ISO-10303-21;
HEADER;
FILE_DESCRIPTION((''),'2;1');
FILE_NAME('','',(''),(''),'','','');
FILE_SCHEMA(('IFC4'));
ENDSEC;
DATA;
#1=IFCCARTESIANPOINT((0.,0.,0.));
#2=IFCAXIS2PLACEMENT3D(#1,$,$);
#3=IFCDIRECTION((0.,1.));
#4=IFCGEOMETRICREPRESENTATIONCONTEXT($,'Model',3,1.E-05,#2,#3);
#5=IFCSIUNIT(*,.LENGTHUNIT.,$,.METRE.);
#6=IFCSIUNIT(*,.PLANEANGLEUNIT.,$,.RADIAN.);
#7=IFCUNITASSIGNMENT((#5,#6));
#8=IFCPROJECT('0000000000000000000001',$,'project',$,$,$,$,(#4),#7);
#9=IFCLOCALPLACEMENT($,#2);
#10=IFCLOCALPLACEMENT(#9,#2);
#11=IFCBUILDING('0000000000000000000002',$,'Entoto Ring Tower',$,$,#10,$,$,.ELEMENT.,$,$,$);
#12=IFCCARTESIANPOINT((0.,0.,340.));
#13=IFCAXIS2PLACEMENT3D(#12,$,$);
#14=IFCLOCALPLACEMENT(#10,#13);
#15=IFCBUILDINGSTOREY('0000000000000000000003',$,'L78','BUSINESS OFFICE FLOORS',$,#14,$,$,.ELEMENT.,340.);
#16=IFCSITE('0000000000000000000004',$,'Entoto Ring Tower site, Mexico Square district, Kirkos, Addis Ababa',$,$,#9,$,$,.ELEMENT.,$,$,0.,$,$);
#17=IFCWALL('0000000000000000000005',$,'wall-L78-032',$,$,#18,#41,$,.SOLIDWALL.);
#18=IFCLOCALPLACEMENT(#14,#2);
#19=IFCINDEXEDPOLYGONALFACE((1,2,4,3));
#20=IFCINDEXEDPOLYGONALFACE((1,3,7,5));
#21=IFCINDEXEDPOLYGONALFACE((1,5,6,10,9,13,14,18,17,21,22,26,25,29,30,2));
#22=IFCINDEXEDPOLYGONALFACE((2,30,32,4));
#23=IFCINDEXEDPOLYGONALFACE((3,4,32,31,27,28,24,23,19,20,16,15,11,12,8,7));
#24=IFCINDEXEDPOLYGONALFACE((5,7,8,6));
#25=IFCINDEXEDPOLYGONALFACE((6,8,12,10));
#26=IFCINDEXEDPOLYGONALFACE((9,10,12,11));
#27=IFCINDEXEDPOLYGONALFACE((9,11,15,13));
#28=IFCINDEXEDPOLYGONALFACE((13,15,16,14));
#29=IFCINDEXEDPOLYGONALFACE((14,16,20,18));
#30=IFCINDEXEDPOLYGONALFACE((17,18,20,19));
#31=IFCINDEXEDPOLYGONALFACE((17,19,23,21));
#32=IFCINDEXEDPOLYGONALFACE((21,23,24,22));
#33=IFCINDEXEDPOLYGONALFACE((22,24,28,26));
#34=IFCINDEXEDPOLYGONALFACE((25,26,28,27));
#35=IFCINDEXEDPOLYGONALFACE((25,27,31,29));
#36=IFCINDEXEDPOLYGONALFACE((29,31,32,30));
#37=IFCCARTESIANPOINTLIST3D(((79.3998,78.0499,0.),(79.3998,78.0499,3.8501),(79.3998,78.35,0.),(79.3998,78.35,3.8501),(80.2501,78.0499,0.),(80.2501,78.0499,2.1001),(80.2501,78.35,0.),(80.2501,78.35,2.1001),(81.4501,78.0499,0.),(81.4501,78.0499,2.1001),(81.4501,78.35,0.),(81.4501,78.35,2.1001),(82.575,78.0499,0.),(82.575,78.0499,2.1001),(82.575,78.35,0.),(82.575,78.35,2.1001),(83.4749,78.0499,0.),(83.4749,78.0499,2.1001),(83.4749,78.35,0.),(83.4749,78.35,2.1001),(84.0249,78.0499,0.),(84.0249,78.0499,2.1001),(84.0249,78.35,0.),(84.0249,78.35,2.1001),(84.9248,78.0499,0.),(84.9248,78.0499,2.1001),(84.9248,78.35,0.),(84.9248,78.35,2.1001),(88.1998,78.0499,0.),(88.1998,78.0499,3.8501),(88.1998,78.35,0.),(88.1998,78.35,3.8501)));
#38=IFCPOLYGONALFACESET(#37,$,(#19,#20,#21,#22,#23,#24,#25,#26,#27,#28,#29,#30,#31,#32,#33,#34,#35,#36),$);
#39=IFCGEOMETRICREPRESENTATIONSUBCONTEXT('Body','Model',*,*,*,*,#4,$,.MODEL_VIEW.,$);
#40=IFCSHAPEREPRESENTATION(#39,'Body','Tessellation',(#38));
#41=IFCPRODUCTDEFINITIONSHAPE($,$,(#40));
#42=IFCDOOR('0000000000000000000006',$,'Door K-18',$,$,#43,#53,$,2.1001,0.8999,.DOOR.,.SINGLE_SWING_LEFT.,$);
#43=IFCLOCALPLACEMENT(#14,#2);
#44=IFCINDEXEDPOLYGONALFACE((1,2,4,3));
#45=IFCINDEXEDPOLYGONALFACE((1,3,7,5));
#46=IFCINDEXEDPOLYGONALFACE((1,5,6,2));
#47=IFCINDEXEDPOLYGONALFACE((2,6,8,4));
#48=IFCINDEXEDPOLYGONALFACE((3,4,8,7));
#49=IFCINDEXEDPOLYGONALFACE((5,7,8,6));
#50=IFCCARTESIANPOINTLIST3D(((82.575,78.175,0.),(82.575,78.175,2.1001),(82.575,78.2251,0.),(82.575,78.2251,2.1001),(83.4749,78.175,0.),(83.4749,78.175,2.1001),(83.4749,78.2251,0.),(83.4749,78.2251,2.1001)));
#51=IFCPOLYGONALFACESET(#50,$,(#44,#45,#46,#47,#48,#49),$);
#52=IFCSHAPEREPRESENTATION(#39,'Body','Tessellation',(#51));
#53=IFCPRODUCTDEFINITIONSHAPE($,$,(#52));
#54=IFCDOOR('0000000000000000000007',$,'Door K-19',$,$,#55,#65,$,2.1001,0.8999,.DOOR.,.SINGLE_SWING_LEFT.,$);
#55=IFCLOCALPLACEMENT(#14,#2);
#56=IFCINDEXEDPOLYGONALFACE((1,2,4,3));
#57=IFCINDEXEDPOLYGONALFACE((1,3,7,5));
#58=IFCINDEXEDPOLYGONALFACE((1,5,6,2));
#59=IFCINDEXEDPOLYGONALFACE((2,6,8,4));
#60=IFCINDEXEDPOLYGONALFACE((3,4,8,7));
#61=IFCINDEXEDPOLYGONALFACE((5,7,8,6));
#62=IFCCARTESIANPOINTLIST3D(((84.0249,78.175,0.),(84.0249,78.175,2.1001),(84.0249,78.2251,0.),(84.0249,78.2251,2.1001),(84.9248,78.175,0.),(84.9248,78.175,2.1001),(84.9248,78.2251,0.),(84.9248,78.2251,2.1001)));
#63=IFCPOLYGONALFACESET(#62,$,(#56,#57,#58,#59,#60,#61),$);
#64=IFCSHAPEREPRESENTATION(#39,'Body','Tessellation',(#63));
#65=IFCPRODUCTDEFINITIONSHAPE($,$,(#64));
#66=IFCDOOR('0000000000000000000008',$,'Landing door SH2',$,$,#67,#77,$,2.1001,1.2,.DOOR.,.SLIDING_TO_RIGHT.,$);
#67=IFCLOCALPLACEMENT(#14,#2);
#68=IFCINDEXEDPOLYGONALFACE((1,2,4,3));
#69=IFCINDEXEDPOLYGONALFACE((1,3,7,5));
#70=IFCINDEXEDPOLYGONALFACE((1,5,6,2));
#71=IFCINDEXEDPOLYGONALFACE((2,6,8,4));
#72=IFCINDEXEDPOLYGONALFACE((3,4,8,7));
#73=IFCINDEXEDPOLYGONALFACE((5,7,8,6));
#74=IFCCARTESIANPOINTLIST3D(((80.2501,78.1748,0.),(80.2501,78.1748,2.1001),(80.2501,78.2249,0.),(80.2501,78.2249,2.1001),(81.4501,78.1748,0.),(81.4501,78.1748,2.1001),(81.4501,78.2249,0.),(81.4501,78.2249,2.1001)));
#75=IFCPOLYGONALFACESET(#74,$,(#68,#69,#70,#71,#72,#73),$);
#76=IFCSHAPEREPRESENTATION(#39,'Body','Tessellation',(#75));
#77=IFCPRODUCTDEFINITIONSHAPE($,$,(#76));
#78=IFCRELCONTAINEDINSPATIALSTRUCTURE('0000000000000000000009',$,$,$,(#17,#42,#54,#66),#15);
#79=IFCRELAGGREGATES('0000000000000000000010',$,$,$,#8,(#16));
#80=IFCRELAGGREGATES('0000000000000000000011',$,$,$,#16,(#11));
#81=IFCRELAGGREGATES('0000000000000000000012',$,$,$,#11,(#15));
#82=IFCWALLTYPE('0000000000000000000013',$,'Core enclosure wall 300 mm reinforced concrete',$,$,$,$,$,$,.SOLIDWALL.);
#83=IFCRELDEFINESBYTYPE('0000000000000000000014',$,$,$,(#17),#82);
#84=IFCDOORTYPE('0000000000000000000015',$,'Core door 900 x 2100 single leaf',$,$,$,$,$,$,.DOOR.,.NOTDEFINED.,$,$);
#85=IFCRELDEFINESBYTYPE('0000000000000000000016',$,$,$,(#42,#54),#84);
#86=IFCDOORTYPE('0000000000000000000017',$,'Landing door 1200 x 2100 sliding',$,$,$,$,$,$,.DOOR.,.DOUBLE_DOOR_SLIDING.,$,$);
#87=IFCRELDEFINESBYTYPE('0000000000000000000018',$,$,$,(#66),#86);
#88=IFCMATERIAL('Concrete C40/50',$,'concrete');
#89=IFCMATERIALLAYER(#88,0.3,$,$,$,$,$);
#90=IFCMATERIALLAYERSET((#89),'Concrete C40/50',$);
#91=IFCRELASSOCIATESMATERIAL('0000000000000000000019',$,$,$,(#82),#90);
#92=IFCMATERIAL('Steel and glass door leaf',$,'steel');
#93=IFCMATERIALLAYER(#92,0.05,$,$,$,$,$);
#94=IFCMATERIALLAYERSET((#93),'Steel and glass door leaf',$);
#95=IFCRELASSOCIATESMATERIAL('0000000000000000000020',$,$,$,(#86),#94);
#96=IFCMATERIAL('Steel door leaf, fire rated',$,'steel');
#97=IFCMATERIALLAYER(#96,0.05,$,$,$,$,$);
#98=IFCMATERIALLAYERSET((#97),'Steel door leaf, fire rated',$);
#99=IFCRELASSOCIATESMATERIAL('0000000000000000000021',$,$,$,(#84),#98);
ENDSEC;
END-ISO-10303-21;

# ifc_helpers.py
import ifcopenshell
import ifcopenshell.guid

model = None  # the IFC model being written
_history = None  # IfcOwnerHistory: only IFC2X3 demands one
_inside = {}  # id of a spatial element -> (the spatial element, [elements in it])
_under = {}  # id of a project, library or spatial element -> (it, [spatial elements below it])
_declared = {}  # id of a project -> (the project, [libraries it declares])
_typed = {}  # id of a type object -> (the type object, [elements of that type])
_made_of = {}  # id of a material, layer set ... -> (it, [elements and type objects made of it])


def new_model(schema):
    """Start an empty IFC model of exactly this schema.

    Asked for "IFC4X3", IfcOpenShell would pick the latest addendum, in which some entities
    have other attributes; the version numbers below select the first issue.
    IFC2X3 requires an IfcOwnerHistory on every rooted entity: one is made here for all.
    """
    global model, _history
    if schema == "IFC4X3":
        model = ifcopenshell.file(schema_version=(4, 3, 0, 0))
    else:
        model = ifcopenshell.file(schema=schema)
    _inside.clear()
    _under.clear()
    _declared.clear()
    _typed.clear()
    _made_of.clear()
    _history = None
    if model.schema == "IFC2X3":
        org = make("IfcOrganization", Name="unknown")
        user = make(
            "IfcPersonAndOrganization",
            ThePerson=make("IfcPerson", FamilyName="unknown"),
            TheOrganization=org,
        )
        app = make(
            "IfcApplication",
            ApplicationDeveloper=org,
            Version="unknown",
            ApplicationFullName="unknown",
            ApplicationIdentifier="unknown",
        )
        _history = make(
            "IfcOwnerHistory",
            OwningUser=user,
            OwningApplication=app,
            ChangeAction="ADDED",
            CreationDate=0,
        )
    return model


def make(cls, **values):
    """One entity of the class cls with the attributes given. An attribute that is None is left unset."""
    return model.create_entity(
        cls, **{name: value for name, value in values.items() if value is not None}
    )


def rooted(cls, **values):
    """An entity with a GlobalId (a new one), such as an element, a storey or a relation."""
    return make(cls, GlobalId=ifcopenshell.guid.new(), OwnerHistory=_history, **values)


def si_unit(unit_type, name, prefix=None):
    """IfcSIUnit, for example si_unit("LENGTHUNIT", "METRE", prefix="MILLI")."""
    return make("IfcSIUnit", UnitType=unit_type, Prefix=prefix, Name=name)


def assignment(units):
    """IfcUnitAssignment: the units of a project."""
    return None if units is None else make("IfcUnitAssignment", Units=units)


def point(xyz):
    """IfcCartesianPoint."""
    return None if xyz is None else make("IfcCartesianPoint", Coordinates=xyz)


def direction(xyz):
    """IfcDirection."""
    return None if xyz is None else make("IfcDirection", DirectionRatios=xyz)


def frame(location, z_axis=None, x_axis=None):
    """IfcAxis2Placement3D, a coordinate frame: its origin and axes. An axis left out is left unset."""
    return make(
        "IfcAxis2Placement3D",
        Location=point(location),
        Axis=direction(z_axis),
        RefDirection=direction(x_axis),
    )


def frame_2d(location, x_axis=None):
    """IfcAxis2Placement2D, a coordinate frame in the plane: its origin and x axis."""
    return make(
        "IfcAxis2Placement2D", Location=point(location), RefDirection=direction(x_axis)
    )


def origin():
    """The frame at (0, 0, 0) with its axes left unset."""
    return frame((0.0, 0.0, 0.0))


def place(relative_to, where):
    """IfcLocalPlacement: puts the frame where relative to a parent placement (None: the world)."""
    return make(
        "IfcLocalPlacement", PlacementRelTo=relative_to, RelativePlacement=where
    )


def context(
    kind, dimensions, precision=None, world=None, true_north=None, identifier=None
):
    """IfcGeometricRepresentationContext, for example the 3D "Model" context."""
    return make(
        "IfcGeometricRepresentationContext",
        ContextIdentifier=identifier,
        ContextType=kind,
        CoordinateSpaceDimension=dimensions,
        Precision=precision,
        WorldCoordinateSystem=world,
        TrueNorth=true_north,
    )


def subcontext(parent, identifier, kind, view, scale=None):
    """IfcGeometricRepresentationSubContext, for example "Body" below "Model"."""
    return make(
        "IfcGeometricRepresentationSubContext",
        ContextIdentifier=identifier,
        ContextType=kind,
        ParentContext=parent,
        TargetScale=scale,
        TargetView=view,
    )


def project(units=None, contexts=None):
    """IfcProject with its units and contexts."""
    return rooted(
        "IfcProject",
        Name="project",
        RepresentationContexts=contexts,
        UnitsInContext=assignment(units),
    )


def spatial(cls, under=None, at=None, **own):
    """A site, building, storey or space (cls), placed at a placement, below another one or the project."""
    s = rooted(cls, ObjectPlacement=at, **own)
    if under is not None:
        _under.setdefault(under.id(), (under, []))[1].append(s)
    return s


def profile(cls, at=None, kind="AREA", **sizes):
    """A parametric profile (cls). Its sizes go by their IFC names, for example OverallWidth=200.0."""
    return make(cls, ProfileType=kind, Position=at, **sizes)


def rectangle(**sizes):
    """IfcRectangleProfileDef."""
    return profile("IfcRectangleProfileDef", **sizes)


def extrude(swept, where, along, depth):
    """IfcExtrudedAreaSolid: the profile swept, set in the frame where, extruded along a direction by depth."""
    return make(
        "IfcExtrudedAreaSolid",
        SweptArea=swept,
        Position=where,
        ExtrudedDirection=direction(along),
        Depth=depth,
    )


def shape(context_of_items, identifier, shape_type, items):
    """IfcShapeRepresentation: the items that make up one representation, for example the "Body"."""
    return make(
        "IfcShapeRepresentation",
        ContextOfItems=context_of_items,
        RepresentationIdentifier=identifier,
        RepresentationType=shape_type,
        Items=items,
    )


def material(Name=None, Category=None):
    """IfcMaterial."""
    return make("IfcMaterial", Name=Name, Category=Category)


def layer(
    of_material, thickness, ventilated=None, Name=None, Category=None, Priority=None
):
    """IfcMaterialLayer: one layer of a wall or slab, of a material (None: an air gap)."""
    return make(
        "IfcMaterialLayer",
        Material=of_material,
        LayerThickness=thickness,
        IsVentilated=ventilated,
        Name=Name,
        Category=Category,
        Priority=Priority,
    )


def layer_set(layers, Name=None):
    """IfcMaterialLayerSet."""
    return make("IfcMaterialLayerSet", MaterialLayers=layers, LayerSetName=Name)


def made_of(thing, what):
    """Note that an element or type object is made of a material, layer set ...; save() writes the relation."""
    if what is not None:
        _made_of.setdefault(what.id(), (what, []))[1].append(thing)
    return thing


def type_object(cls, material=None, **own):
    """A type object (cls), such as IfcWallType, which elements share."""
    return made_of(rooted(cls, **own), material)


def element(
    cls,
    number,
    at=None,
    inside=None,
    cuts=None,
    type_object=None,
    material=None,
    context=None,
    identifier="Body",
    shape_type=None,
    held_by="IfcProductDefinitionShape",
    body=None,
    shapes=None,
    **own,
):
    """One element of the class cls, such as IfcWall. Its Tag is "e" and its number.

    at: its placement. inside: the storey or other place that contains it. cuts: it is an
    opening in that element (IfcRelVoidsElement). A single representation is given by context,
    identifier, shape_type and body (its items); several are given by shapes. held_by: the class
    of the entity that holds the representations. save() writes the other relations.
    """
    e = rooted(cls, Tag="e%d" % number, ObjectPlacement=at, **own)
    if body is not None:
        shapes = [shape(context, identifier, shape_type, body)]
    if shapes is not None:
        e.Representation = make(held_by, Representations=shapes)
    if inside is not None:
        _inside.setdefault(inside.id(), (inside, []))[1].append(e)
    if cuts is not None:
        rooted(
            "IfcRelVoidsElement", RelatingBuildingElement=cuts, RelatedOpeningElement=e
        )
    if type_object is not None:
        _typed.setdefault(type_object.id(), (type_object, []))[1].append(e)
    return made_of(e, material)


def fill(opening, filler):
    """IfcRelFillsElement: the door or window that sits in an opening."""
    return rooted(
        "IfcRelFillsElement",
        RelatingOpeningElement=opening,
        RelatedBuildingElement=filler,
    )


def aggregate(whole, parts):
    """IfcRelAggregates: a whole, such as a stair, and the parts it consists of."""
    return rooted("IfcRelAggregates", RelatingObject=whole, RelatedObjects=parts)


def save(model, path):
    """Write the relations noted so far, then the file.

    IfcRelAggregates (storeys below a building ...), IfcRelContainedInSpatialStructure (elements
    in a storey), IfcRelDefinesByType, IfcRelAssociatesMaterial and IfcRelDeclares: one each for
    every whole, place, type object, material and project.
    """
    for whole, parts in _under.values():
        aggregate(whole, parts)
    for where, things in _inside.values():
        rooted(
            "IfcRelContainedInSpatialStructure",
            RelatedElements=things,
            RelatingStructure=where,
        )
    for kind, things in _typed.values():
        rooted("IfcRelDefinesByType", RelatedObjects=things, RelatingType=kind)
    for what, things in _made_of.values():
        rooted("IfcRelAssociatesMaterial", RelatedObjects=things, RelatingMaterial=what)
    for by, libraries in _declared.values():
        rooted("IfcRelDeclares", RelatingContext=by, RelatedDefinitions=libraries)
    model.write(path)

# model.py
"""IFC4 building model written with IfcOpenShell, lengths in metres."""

from ifc_helpers import new_model, si_unit, direction, frame, frame_2d, origin, place, context, subcontext, project, spatial, rectangle, extrude, material, layer, layer_set, type_object, element, fill, save


model = new_model("IFC4")

# Units and contexts
model_context = context("Model", 3, precision=1e-05, world=origin(), true_north=direction((0.0, 1.0)))
body_context = subcontext(model_context, "Body", "Model", "MODEL_VIEW")
ifc_project = project(units=[si_unit("LENGTHUNIT", "METRE"), si_unit("PLANEANGLEUNIT", "RADIAN")], contexts=[model_context])

# Site, building, storey
site_placement = place(None, origin())
site = spatial("IfcSite", under=ifc_project, at=site_placement, Name="Entoto Ring Tower site, Mexico Square district, Kirkos, Addis Ababa", CompositionType="ELEMENT", RefElevation=0.0)
building_placement = place(site_placement, origin())
building = spatial("IfcBuilding", under=site, at=building_placement, Name="Entoto Ring Tower", CompositionType="ELEMENT")
storey_placement = place(building_placement, frame((0.0, 0.0, 340.0)))
storey = spatial("IfcBuildingStorey", under=building, at=storey_placement, Name="L78", Description="BUSINESS OFFICE FLOORS", CompositionType="ELEMENT", Elevation=340.0)

# Shared definitions
ifc_material_1 = material(Name="Concrete C40/50", Category="concrete")
ifc_layer_1 = layer(ifc_material_1, 0.3)
ifc_layer_set_1 = layer_set([ifc_layer_1], Name="Concrete C40/50")
wall_type = type_object("IfcWallType", Name="Core enclosure wall 300 mm reinforced concrete", PredefinedType="SOLIDWALL", material=ifc_layer_set_1)
ifc_material_2 = material(Name="Steel and glass door leaf", Category="steel")
ifc_layer_2 = layer(ifc_material_2, 0.05)
ifc_layer_set_2 = layer_set([ifc_layer_2], Name="Steel and glass door leaf")
door_type_1 = type_object("IfcDoorType", Name="Landing door 1200 x 2100 sliding", OperationType="DOUBLE_DOOR_SLIDING", PredefinedType="DOOR", material=ifc_layer_set_2)

# Wall, openings, doors
wall_1_placement = place(storey_placement, frame((79.3999, 78.2, 0.0), z_axis=(0.0, 0.0, 1.0), x_axis=(1.0, 0.0, 0.0)))
wall_1 = element("IfcWall", 1, at=wall_1_placement, inside=storey, type_object=wall_type, Name="wall-L78-032", PredefinedType="SOLIDWALL", context=body_context, shape_type="SweptSolid", body=[
    extrude(rectangle(XDim=8.8, YDim=0.3, at=frame_2d((4.3999, 0.0))), origin(), (0.0, 0.0, 1.0), 3.8501),
])
opening_1_placement = place(wall_1_placement, frame((0.8501, 0.0, 0.0)))
opening_1 = element("IfcOpeningElement", 2, at=opening_1_placement, cuts=wall_1, PredefinedType="OPENING", context=body_context, shape_type="SweptSolid", body=[
    extrude(rectangle(XDim=1.2, YDim=2.1001, at=frame_2d((0.6001, 1.05))), frame((0.0, 0.1602, 0.0), z_axis=(0.0, -1.0, 0.0), x_axis=(1.0, 0.0, 0.0)), (0.0, 0.0, 1.0), 0.3201),
])
opening_2_placement = place(wall_1_placement, frame((3.175, 0.0, 0.0)))
opening_2 = element("IfcOpeningElement", 3, at=opening_2_placement, cuts=wall_1, PredefinedType="OPENING", context=body_context, shape_type="SweptSolid", body=[
    extrude(rectangle(XDim=0.8999, YDim=2.1001, at=frame_2d((0.45, 1.05))), frame((0.0, 0.1602, 0.0), z_axis=(0.0, -1.0, 0.0), x_axis=(1.0, 0.0, 0.0)), (0.0, 0.0, 1.0), 0.3201),
])
opening_3_placement = place(wall_1_placement, frame((4.625, 0.0, 0.0)))
opening_3 = element("IfcOpeningElement", 4, at=opening_3_placement, cuts=wall_1, PredefinedType="OPENING", context=body_context, shape_type="SweptSolid", body=[
    extrude(rectangle(XDim=0.8999, YDim=2.1001, at=frame_2d((0.45, 1.05))), frame((0.0, 0.1602, 0.0), z_axis=(0.0, -1.0, 0.0), x_axis=(1.0, 0.0, 0.0)), (0.0, 0.0, 1.0), 0.3201),
])
ifc_material_3 = material(Name="Steel door leaf, fire rated", Category="steel")
ifc_layer_3 = layer(ifc_material_3, 0.05)
ifc_layer_set_3 = layer_set([ifc_layer_3], Name="Steel door leaf, fire rated")
door_type_2 = type_object("IfcDoorType", Name="Core door 900 x 2100 single leaf", OperationType="NOTDEFINED", PredefinedType="DOOR", material=ifc_layer_set_3)
door_1_placement = place(opening_2_placement, frame((0.8999, 0.0, 0.0), z_axis=(0.0, 0.0, 1.0), x_axis=(-1.0, 0.0, 0.0)))
door_1 = element("IfcDoor", 5, at=door_1_placement, inside=storey, type_object=door_type_2, Name="Door K-18", OperationType="SINGLE_SWING_LEFT", OverallHeight=2.1001, OverallWidth=0.8999, PredefinedType="DOOR", context=body_context, shape_type="SweptSolid", body=[
    extrude(rectangle(XDim=0.8999, YDim=2.1001, at=frame_2d((0.45, 1.05))), frame((0.0, 0.0249, 0.0), z_axis=(0.0, -1.0, 0.0), x_axis=(1.0, 0.0, 0.0)), (0.0, 0.0, 1.0), 0.05),
])
fill(opening_2, door_1)
door_2_placement = place(opening_3_placement, frame((0.8999, 0.0, 0.0), z_axis=(0.0, 0.0, 1.0), x_axis=(-1.0, 0.0, 0.0)))
door_2 = element("IfcDoor", 6, at=door_2_placement, inside=storey, type_object=door_type_2, Name="Door K-19", OperationType="SINGLE_SWING_LEFT", OverallHeight=2.1001, OverallWidth=0.8999, PredefinedType="DOOR", context=body_context, shape_type="SweptSolid", body=[
    extrude(rectangle(XDim=0.8999, YDim=2.1001, at=frame_2d((0.45, 1.05))), frame((0.0, 0.0249, 0.0), z_axis=(0.0, -1.0, 0.0), x_axis=(1.0, 0.0, 0.0)), (0.0, 0.0, 1.0), 0.05),
])
fill(opening_3, door_2)
door_3_placement = place(opening_1_placement, origin())
door_3 = element("IfcDoor", 7, at=door_3_placement, inside=storey, type_object=door_type_1, Name="Landing door SH2", OperationType="SLIDING_TO_RIGHT", OverallHeight=2.1001, OverallWidth=1.2, PredefinedType="DOOR", context=body_context, shape_type="SweptSolid", body=[
    extrude(rectangle(XDim=1.2, YDim=2.1001, at=frame_2d((0.6001, 1.05))), frame((0.0, 0.0249, 0.0), z_axis=(0.0, -1.0, 0.0), x_axis=(1.0, 0.0, 0.0)), (0.0, 0.0, 1.0), 0.05),
])
fill(opening_1, door_3)

save(model, "model.ifc")
